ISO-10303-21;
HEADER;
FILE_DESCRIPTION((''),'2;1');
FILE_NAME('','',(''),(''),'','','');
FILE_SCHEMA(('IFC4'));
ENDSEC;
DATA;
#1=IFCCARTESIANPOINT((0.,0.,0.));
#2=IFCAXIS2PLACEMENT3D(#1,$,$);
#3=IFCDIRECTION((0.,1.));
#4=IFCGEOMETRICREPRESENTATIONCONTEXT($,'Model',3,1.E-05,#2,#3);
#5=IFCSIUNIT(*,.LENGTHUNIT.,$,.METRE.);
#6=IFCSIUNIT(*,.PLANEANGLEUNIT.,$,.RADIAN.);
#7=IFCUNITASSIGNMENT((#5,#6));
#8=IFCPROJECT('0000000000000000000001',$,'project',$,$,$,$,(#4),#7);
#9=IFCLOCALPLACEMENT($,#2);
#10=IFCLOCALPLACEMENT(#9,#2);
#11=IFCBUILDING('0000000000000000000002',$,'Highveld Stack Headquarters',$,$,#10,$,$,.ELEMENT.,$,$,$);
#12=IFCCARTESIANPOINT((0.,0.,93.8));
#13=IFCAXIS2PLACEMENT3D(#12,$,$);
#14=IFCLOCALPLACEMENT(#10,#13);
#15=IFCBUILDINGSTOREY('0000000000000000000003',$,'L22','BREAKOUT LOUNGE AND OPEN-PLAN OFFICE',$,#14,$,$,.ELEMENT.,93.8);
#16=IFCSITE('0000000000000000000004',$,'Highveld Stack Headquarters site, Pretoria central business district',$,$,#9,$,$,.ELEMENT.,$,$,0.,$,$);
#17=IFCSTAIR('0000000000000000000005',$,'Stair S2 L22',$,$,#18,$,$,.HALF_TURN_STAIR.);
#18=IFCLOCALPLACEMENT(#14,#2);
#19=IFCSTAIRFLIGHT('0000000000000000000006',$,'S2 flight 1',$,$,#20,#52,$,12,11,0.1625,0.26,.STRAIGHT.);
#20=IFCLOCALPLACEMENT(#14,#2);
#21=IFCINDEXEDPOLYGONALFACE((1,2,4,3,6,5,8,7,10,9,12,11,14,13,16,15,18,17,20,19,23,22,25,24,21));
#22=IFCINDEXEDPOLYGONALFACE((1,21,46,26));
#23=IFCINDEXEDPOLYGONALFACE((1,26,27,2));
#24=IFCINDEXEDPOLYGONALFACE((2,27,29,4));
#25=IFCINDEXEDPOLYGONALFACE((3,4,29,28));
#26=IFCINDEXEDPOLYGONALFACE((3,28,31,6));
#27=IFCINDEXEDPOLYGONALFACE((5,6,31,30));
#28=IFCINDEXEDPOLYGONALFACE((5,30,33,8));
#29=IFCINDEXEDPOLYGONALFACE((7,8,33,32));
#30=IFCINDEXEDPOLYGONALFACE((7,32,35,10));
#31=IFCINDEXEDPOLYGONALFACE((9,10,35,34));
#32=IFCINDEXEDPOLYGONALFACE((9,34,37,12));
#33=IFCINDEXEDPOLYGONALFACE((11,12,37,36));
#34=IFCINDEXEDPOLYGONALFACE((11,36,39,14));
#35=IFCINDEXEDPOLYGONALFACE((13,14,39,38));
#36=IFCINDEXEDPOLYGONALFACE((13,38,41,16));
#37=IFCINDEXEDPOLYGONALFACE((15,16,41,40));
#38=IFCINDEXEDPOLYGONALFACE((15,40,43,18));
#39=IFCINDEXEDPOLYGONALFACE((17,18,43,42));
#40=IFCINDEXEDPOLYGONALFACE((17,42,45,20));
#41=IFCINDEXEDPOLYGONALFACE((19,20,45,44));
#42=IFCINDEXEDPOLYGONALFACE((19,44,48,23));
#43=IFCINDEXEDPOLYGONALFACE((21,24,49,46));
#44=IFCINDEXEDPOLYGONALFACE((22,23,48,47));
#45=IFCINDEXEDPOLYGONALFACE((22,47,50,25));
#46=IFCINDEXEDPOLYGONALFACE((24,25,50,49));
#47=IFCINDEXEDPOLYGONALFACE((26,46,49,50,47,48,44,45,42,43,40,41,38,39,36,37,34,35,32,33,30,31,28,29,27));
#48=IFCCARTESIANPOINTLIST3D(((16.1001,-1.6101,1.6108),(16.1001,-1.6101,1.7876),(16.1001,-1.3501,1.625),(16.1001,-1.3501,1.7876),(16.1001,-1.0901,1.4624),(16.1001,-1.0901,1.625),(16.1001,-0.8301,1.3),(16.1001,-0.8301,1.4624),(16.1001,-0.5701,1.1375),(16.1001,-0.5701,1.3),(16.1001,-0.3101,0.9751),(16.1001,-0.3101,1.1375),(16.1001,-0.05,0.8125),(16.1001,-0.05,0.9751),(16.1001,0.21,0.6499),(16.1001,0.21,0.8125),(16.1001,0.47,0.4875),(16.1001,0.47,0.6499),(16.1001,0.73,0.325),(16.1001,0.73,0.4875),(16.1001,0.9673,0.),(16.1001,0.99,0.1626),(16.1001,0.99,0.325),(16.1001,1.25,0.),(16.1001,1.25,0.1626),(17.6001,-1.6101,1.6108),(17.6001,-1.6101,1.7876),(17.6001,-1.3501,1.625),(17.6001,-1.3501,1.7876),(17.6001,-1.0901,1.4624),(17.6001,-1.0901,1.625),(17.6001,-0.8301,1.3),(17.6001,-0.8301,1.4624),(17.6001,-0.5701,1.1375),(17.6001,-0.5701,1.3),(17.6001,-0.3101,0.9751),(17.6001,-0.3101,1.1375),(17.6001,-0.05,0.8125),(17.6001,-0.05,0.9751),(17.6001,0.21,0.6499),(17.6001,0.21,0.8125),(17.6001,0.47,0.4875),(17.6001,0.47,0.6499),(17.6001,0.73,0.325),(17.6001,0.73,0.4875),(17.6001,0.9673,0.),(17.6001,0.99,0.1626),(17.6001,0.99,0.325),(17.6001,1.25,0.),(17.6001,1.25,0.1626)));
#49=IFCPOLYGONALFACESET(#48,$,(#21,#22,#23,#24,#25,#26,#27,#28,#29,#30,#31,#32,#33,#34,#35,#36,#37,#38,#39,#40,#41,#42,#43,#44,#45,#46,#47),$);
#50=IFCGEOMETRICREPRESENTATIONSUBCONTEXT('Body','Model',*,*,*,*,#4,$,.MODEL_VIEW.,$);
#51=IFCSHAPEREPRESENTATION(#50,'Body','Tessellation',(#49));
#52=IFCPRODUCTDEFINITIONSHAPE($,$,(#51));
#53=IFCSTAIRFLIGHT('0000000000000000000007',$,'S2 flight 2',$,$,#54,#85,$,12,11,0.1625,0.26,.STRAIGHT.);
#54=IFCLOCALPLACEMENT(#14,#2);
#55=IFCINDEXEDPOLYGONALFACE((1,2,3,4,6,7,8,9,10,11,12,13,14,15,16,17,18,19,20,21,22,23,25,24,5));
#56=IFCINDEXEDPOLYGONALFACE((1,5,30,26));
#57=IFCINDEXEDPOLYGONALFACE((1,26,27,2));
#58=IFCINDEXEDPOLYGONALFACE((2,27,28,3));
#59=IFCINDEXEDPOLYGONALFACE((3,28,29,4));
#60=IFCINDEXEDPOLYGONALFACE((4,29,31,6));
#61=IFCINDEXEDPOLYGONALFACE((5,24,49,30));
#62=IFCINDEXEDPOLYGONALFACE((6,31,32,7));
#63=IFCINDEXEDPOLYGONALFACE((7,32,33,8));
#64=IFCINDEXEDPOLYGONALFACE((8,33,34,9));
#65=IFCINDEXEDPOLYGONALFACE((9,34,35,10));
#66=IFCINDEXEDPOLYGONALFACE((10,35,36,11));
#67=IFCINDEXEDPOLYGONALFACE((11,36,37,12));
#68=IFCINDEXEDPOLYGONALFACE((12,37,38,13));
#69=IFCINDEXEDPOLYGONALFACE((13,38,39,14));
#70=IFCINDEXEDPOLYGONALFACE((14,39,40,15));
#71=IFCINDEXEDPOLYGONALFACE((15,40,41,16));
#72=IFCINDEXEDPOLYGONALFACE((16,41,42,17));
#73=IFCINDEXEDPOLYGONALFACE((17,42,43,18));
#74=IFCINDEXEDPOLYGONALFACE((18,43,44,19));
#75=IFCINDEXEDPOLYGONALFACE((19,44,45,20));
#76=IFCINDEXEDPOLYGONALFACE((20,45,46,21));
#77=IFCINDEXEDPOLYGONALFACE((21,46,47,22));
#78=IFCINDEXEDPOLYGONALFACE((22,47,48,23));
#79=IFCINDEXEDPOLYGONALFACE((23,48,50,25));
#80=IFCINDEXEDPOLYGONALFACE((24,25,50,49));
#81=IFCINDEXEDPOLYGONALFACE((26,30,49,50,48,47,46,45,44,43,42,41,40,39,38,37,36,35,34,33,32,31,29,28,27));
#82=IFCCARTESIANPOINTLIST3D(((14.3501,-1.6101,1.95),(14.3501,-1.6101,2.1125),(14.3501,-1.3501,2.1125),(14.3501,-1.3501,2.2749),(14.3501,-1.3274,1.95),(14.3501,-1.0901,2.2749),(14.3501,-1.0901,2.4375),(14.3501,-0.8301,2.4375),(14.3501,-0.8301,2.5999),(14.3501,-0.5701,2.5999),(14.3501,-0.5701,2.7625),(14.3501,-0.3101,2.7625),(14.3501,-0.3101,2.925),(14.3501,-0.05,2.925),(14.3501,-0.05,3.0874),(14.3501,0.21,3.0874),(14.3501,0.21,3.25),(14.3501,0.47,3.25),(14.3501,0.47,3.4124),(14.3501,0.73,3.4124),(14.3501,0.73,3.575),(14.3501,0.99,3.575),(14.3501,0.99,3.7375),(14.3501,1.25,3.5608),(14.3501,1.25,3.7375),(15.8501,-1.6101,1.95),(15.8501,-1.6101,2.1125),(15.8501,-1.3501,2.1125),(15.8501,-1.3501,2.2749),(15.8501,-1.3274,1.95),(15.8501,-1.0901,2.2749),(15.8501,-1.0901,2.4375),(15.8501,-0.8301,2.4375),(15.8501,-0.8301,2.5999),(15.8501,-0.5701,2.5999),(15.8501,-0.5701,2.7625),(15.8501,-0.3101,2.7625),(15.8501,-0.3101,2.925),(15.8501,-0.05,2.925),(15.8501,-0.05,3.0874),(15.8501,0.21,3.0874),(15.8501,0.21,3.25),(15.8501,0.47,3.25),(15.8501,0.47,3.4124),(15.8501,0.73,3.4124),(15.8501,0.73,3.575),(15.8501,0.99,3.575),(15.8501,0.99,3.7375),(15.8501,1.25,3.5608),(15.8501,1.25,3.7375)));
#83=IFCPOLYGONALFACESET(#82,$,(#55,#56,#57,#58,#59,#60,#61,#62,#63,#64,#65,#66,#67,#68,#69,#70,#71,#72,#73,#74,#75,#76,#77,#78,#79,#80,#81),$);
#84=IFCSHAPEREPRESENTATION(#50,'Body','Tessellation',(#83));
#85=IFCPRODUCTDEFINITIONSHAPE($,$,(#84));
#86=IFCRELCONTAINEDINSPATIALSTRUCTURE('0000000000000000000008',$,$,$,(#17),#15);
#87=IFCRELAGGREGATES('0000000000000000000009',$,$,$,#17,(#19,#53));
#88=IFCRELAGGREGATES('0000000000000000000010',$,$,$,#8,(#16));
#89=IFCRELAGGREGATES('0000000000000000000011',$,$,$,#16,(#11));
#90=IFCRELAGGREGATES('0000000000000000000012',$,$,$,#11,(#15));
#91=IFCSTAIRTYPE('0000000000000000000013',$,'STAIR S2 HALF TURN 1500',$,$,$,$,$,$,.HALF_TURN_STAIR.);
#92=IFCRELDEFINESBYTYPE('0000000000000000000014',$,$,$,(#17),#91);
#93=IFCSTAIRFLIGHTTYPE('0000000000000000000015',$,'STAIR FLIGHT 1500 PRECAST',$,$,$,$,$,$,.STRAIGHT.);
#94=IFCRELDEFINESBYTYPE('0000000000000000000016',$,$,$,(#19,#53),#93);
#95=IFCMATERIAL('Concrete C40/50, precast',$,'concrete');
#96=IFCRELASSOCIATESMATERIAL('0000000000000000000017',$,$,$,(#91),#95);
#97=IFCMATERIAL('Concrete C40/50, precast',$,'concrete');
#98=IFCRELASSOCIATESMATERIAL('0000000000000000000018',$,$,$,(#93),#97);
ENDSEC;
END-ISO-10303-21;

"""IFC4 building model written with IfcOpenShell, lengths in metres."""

from ifc_helpers import new_model, si_unit, direction, frame, origin, place, context, subcontext, project, spatial, polyline, outline, extrude, material, type_object, element, aggregate, save


model = new_model("IFC4")

# Units and contexts
model_context = context("Model", 3, precision=1e-05, world=origin(), true_north=direction((0.0, 1.0)))
body_context = subcontext(model_context, "Body", "Model", "MODEL_VIEW")
ifc_project = project(units=[si_unit("LENGTHUNIT", "METRE"), si_unit("PLANEANGLEUNIT", "RADIAN")], contexts=[model_context])

# Site, building, storey
site_placement = place(None, origin())
site = spatial("IfcSite", under=ifc_project, at=site_placement, Name="Highveld Stack Headquarters site, Pretoria central business district", CompositionType="ELEMENT", RefElevation=0.0)
building_placement = place(site_placement, origin())
building = spatial("IfcBuilding", under=site, at=building_placement, Name="Highveld Stack Headquarters", CompositionType="ELEMENT")
storey_placement = place(building_placement, frame((0.0, 0.0, 93.8)))
storey = spatial("IfcBuildingStorey", under=building, at=storey_placement, Name="L22", Description="BREAKOUT LOUNGE AND OPEN-PLAN OFFICE", CompositionType="ELEMENT", Elevation=93.8)

# Stair
ifc_material_1 = material(Name="Concrete C40/50, precast", Category="concrete")
stair_type_1 = type_object("IfcStairType", Name="STAIR S2 HALF TURN 1500", PredefinedType="HALF_TURN_STAIR", material=ifc_material_1)
stair_1_placement = place(storey_placement, origin())
stair_1 = element("IfcStair", 1, at=stair_1_placement, inside=storey, type_object=stair_type_1, Name="Stair S2 L22", PredefinedType="HALF_TURN_STAIR")

# Stair flights
ifc_material_2 = material(Name="Concrete C40/50, precast", Category="concrete")
stair_flight_type = type_object("IfcStairFlightType", Name="STAIR FLIGHT 1500 PRECAST", PredefinedType="STRAIGHT", material=ifc_material_2)
stair_flight_1_placement = place(storey_placement, frame((16.8501, 1.25, 0.0), z_axis=(0.0, 0.0, 1.0), x_axis=(0.0, -1.0, 0.0)))
stair_flight_1 = element("IfcStairFlight", 2, at=stair_flight_1_placement, type_object=stair_flight_type, Name="S2 flight 1", NumberOfRisers=12, NumberOfTreads=11, PredefinedType="STRAIGHT", RiserHeight=0.1625, TreadLength=0.26, context=body_context, shape_type="SweptSolid", body=[
    extrude(outline(polyline([(0.0, 0.0), (0.0, 0.1626), (0.26, 0.1626), (0.26, 0.325), (0.52, 0.325), (0.52, 0.4875), (0.78, 0.4875), (0.78, 0.6499), (1.04, 0.6499), (1.04, 0.8125), (1.3, 0.8125), (1.3, 0.9751), (1.5601, 0.9751), (1.5601, 1.1375), (1.8201, 1.1375), (1.8201, 1.3), (2.0801, 1.3), (2.0801, 1.4624), (2.3401, 1.4624), (2.3401, 1.625), (2.6001, 1.625), (2.6001, 1.7876), (2.8601, 1.7876), (2.8601, 1.95), (2.8601, 1.6108), (0.2827, 0.0), (0.0, 0.0)])), frame((0.0, 0.75, 0.0), z_axis=(0.0, -1.0, 0.0), x_axis=(1.0, 0.0, 0.0)), (0.0, 0.0, 1.0), 1.5),
])
stair_flight_2_placement = place(storey_placement, frame((15.1001, -1.6101, 1.95), z_axis=(0.0, 0.0, 1.0), x_axis=(0.0, 1.0, 0.0)))
stair_flight_2 = element("IfcStairFlight", 3, at=stair_flight_2_placement, type_object=stair_flight_type, Name="S2 flight 2", NumberOfRisers=12, NumberOfTreads=11, PredefinedType="STRAIGHT", RiserHeight=0.1625, TreadLength=0.26, context=body_context, shape_type="SweptSolid", body=[
    extrude(outline(polyline([(0.0, 0.0), (0.0, 0.1626), (0.26, 0.1626), (0.26, 0.325), (0.52, 0.325), (0.52, 0.4875), (0.78, 0.4875), (0.78, 0.6499), (1.04, 0.6499), (1.04, 0.8125), (1.3, 0.8125), (1.3, 0.9751), (1.5601, 0.9751), (1.5601, 1.1375), (1.8201, 1.1375), (1.8201, 1.3), (2.0801, 1.3), (2.0801, 1.4624), (2.3401, 1.4624), (2.3401, 1.625), (2.6001, 1.625), (2.6001, 1.7876), (2.8601, 1.7876), (2.8601, 1.95), (2.8601, 1.6108), (0.2827, 0.0), (0.0, 0.0)])), frame((0.0, 0.75, 0.0), z_axis=(0.0, -1.0, 0.0), x_axis=(1.0, 0.0, 0.0)), (0.0, 0.0, 1.0), 1.5),
])
aggregate(stair_1, [stair_flight_1, stair_flight_2])

save(model, "model.ifc")
